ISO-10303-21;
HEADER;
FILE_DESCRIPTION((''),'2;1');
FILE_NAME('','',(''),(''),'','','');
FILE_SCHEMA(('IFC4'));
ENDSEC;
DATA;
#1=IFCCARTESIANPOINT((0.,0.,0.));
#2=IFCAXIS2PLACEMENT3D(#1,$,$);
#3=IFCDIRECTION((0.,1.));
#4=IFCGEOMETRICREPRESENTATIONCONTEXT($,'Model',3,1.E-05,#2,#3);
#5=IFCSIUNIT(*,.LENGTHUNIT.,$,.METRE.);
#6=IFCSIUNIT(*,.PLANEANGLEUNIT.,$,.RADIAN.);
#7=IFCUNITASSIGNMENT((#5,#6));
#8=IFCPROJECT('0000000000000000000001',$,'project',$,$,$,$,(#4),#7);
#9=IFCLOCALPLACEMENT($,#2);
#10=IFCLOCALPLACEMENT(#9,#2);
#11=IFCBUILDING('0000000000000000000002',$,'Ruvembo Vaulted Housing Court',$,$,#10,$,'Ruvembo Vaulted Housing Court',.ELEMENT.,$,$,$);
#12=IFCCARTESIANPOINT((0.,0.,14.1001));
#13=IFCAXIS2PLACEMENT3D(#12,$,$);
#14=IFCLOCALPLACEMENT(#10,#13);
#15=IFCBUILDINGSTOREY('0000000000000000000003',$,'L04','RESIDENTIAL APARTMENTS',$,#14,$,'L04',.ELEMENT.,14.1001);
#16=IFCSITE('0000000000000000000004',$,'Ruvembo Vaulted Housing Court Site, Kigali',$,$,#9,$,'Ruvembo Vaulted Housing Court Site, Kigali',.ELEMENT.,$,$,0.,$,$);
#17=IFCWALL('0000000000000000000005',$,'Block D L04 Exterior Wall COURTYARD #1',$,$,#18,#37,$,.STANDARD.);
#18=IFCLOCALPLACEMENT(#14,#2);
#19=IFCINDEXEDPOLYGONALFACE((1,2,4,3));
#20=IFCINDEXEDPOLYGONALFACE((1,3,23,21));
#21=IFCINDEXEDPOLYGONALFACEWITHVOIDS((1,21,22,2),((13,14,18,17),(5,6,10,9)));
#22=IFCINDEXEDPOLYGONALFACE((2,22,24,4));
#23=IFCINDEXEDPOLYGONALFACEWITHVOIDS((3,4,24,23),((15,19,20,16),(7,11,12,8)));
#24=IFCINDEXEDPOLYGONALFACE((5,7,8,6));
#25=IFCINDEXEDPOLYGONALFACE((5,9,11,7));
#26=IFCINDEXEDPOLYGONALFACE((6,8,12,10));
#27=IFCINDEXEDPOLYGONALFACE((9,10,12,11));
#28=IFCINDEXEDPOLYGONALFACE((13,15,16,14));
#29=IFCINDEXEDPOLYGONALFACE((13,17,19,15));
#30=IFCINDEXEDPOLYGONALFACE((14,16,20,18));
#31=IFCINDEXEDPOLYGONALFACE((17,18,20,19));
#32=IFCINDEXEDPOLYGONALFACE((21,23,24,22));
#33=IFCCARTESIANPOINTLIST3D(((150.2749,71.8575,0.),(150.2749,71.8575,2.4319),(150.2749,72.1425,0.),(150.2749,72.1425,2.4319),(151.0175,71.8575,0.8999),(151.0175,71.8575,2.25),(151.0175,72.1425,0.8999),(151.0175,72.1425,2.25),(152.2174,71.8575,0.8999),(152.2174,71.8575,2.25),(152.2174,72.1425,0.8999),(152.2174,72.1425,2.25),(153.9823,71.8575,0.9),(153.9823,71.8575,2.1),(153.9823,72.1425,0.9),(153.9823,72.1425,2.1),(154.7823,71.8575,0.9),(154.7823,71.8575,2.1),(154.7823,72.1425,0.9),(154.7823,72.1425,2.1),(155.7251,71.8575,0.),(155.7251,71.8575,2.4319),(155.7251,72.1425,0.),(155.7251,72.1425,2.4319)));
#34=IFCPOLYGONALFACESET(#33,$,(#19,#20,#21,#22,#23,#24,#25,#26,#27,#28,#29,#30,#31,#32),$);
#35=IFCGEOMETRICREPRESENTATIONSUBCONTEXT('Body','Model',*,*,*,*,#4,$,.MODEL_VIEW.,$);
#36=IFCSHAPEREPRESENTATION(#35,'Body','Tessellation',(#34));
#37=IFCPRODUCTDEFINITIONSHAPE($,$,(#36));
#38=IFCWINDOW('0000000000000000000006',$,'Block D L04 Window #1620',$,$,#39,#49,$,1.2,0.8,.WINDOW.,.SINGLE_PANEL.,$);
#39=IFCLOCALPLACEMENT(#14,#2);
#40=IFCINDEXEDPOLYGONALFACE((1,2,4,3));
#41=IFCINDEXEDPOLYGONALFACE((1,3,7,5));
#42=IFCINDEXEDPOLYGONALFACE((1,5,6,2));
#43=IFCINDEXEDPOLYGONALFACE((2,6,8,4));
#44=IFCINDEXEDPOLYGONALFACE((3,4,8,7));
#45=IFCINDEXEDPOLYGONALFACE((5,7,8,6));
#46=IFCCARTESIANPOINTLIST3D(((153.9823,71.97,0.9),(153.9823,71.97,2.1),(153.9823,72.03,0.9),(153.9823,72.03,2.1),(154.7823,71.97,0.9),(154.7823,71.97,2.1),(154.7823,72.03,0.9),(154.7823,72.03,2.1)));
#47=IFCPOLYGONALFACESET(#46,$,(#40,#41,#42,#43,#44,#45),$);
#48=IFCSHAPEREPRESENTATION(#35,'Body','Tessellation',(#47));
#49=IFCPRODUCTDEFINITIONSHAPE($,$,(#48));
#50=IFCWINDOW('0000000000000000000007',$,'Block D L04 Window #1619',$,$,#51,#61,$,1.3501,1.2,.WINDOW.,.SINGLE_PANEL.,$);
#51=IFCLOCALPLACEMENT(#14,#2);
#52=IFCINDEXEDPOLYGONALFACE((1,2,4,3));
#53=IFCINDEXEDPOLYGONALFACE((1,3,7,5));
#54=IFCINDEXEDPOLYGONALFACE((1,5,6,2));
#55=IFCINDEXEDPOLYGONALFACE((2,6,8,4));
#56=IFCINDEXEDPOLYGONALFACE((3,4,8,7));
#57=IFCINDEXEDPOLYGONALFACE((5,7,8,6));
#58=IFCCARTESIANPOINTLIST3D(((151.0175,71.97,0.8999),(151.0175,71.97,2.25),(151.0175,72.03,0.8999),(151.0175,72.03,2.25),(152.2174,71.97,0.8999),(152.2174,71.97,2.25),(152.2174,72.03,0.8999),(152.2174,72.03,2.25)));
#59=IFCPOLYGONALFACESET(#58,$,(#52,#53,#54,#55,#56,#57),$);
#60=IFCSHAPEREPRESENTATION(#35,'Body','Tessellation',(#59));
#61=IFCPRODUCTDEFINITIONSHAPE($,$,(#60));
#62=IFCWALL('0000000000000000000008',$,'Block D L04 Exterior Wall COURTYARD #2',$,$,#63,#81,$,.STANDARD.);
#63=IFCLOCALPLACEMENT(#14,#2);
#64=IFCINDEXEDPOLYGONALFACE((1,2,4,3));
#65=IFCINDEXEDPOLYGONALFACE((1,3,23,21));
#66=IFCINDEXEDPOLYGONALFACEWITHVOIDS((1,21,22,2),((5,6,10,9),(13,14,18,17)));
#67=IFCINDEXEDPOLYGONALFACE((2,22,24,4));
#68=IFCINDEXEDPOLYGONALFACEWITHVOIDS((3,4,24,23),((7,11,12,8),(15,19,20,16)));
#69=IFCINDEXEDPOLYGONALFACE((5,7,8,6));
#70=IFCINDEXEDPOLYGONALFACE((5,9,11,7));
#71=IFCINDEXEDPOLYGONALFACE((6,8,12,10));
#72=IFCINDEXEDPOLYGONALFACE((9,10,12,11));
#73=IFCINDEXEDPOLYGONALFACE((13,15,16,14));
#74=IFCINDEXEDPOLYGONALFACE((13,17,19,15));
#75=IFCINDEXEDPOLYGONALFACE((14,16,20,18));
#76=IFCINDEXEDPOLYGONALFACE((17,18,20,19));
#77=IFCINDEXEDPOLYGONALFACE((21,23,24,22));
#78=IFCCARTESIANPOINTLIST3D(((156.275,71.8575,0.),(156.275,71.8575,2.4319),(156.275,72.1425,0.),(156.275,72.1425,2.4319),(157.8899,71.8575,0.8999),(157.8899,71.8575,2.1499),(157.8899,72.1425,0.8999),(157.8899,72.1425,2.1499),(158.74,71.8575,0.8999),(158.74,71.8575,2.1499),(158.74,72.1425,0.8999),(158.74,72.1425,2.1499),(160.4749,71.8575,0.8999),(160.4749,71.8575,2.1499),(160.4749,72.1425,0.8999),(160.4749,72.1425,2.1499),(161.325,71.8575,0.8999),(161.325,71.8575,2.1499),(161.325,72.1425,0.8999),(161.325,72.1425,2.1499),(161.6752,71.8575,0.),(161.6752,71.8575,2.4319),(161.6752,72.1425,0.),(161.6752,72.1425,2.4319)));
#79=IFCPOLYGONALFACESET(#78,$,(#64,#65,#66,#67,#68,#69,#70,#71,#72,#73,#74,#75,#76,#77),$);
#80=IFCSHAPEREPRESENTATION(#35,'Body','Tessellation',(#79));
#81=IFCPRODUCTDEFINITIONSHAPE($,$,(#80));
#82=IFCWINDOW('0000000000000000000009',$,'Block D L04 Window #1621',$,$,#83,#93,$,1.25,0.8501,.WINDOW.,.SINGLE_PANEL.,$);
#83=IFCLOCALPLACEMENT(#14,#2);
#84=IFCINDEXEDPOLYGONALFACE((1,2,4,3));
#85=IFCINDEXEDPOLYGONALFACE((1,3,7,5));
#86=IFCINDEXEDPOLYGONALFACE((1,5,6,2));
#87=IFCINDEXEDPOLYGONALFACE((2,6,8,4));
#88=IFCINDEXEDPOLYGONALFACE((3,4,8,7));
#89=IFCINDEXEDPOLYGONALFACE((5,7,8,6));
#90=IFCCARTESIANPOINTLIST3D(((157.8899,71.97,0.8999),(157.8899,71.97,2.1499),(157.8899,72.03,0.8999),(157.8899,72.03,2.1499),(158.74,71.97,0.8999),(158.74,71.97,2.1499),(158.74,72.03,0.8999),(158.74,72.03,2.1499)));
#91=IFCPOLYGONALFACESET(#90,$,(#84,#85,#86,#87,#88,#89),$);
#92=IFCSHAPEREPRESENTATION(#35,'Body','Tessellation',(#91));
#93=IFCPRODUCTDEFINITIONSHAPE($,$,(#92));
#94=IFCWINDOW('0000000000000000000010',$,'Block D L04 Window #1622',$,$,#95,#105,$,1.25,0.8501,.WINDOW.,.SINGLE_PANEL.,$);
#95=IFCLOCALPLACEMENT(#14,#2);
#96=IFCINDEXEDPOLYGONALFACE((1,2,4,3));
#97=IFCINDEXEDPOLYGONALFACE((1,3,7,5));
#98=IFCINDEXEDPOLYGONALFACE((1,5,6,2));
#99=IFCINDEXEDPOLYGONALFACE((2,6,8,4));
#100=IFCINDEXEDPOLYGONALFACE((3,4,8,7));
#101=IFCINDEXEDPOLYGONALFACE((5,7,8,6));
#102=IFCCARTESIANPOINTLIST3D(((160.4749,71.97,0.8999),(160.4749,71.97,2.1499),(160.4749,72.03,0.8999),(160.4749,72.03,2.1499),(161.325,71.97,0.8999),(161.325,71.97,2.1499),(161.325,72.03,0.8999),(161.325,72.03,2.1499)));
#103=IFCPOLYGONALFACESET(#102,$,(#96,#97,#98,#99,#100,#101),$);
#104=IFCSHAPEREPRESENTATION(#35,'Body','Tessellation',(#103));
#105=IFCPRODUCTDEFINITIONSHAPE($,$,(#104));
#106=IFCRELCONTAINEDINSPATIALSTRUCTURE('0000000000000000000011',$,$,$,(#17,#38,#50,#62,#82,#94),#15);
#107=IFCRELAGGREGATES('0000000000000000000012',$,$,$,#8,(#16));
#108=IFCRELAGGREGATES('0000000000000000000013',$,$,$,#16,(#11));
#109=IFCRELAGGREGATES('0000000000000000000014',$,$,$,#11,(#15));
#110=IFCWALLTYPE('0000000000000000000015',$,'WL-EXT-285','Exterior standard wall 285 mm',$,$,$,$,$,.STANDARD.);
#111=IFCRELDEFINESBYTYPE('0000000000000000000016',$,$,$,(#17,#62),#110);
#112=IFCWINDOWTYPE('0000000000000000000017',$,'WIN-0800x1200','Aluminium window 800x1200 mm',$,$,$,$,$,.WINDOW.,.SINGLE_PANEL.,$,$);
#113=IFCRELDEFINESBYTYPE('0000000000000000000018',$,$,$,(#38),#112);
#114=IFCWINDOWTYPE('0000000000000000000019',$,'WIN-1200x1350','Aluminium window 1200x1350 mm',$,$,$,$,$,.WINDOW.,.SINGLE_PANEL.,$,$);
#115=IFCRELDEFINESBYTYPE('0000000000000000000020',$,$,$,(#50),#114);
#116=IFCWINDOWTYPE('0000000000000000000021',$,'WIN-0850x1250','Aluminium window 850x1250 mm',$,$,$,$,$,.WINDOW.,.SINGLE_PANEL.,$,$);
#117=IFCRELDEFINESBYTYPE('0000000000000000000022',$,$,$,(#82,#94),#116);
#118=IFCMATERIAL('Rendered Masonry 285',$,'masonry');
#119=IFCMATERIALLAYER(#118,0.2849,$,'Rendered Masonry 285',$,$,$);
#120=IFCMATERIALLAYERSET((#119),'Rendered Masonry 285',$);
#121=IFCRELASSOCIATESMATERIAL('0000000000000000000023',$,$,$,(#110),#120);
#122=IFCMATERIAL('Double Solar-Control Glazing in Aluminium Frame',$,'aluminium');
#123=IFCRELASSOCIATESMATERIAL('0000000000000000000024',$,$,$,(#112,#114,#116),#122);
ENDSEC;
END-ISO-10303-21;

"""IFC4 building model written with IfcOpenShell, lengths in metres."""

from ifc_helpers import new_model, si_unit, direction, frame, frame_2d, origin, place, context, subcontext, project, spatial, rectangle, extrude, material, layer, layer_set, type_object, element, fill, save


model = new_model("IFC4")

# Units and contexts
model_context = context("Model", 3, precision=1e-05, world=origin(), true_north=direction((0.0, 1.0)))
body_context = subcontext(model_context, "Body", "Model", "MODEL_VIEW")
ifc_project = project(units=[si_unit("LENGTHUNIT", "METRE"), si_unit("PLANEANGLEUNIT", "RADIAN")], contexts=[model_context])

# Site, building, storey
site_placement = place(None, origin())
site = spatial("IfcSite", under=ifc_project, at=site_placement, Name="Ruvembo Vaulted Housing Court Site, Kigali", LongName="Ruvembo Vaulted Housing Court Site, Kigali", CompositionType="ELEMENT", RefElevation=0.0)
building_placement = place(site_placement, origin())
building = spatial("IfcBuilding", under=site, at=building_placement, Name="Ruvembo Vaulted Housing Court", LongName="Ruvembo Vaulted Housing Court", CompositionType="ELEMENT")
storey_placement = place(building_placement, frame((0.0, 0.0, 14.1001)))
storey = spatial("IfcBuildingStorey", under=building, at=storey_placement, Name="L04", Description="RESIDENTIAL APARTMENTS", LongName="L04", CompositionType="ELEMENT", Elevation=14.1001)

# Walls, openings, windows
ifc_material_1 = material(Name="Rendered Masonry 285", Category="masonry")
ifc_layer = layer(ifc_material_1, 0.2849, Name="Rendered Masonry 285")
ifc_layer_set = layer_set([ifc_layer], Name="Rendered Masonry 285")
wall_type = type_object("IfcWallType", Name="WL-EXT-285", Description="Exterior standard wall 285 mm", PredefinedType="STANDARD", material=ifc_layer_set)
ifc_material_2 = material(Name="Double Solar-Control Glazing in Aluminium Frame", Category="aluminium")
window_type_1 = type_object("IfcWindowType", Name="WIN-0800x1200", Description="Aluminium window 800x1200 mm", PartitioningType="SINGLE_PANEL", PredefinedType="WINDOW", material=ifc_material_2)
wall_1_placement = place(storey_placement, frame((150.2749, 72.0, 0.0), z_axis=(0.0, 0.0, 1.0), x_axis=(1.0, 0.0, 0.0)))
wall_1 = element("IfcWall", 1, at=wall_1_placement, inside=storey, type_object=wall_type, Name="Block D L04 Exterior Wall COURTYARD #1", PredefinedType="STANDARD", context=body_context, shape_type="SweptSolid", body=[
    extrude(rectangle(XDim=5.4502, YDim=0.2849, at=frame_2d((2.7251, 0.0))), origin(), (0.0, 0.0, 1.0), 2.4319),
])
opening_1_placement = place(wall_1_placement, frame((0.7424, 0.0, 0.8999)))
opening_1 = element("IfcOpeningElement", 2, at=opening_1_placement, cuts=wall_1, PredefinedType="OPENING", context=body_context, shape_type="SweptSolid", body=[
    extrude(rectangle(XDim=1.2, YDim=1.3501, at=frame_2d((0.6001, 0.675))), frame((0.0, 0.1523, 0.0), z_axis=(0.0, -1.0, 0.0), x_axis=(1.0, 0.0, 0.0)), (0.0, 0.0, 1.0), 0.3049),
])
opening_2_placement = place(wall_1_placement, frame((3.7075, 0.0, 0.8999)))
opening_2 = element("IfcOpeningElement", 3, at=opening_2_placement, cuts=wall_1, PredefinedType="OPENING", context=body_context, shape_type="SweptSolid", body=[
    extrude(rectangle(XDim=0.8, YDim=1.2, at=frame_2d((0.3999, 0.6001))), frame((0.0, 0.1523, 0.0), z_axis=(0.0, -1.0, 0.0), x_axis=(1.0, 0.0, 0.0)), (0.0, 0.0, 1.0), 0.3049),
])
window_1_placement = place(opening_2_placement, origin())
window_1 = element("IfcWindow", 4, at=window_1_placement, inside=storey, type_object=window_type_1, Name="Block D L04 Window #1620", OverallHeight=1.2, OverallWidth=0.8, PartitioningType="SINGLE_PANEL", PredefinedType="WINDOW", context=body_context, shape_type="SweptSolid", body=[
    extrude(rectangle(XDim=0.8, YDim=1.2, at=frame_2d((0.3999, 0.6001))), frame((0.0, 0.03, 0.0), z_axis=(0.0, -1.0, 0.0), x_axis=(1.0, 0.0, 0.0)), (0.0, 0.0, 1.0), 0.0601),
])
fill(opening_2, window_1)
window_type_2 = type_object("IfcWindowType", Name="WIN-1200x1350", Description="Aluminium window 1200x1350 mm", PartitioningType="SINGLE_PANEL", PredefinedType="WINDOW", material=ifc_material_2)
window_2_placement = place(opening_1_placement, origin())
window_2 = element("IfcWindow", 5, at=window_2_placement, inside=storey, type_object=window_type_2, Name="Block D L04 Window #1619", OverallHeight=1.3501, OverallWidth=1.2, PartitioningType="SINGLE_PANEL", PredefinedType="WINDOW", context=body_context, shape_type="SweptSolid", body=[
    extrude(rectangle(XDim=1.2, YDim=1.3501, at=frame_2d((0.6001, 0.675))), frame((0.0, 0.03, 0.0), z_axis=(0.0, -1.0, 0.0), x_axis=(1.0, 0.0, 0.0)), (0.0, 0.0, 1.0), 0.0601),
])
fill(opening_1, window_2)
wall_2_placement = place(storey_placement, frame((156.2749, 72.0, 0.0), z_axis=(0.0, 0.0, 1.0), x_axis=(1.0, 0.0, 0.0)))
wall_2 = element("IfcWall", 6, at=wall_2_placement, inside=storey, type_object=wall_type, Name="Block D L04 Exterior Wall COURTYARD #2", PredefinedType="STANDARD", context=body_context, shape_type="SweptSolid", body=[
    extrude(rectangle(XDim=5.4001, YDim=0.2849, at=frame_2d((2.7002, 0.0))), origin(), (0.0, 0.0, 1.0), 2.4319),
])
opening_3_placement = place(wall_2_placement, frame((1.615, 0.0, 0.8999)))
opening_3 = element("IfcOpeningElement", 7, at=opening_3_placement, cuts=wall_2, PredefinedType="OPENING", context=body_context, shape_type="SweptSolid", body=[
    extrude(rectangle(XDim=0.8501, YDim=1.25, at=frame_2d((0.425, 0.625))), frame((0.0, 0.1523, 0.0), z_axis=(0.0, -1.0, 0.0), x_axis=(1.0, 0.0, 0.0)), (0.0, 0.0, 1.0), 0.3049),
])
opening_4_placement = place(wall_2_placement, frame((4.2, 0.0, 0.8999)))
opening_4 = element("IfcOpeningElement", 8, at=opening_4_placement, cuts=wall_2, PredefinedType="OPENING", context=body_context, shape_type="SweptSolid", body=[
    extrude(rectangle(XDim=0.8501, YDim=1.25, at=frame_2d((0.425, 0.625))), frame((0.0, 0.1523, 0.0), z_axis=(0.0, -1.0, 0.0), x_axis=(1.0, 0.0, 0.0)), (0.0, 0.0, 1.0), 0.3049),
])
window_type_3 = type_object("IfcWindowType", Name="WIN-0850x1250", Description="Aluminium window 850x1250 mm", PartitioningType="SINGLE_PANEL", PredefinedType="WINDOW", material=ifc_material_2)
window_3_placement = place(opening_3_placement, origin())
window_3 = element("IfcWindow", 9, at=window_3_placement, inside=storey, type_object=window_type_3, Name="Block D L04 Window #1621", OverallHeight=1.25, OverallWidth=0.8501, PartitioningType="SINGLE_PANEL", PredefinedType="WINDOW", context=body_context, shape_type="SweptSolid", body=[
    extrude(rectangle(XDim=0.8501, YDim=1.25, at=frame_2d((0.425, 0.625))), frame((0.0, 0.03, 0.0), z_axis=(0.0, -1.0, 0.0), x_axis=(1.0, 0.0, 0.0)), (0.0, 0.0, 1.0), 0.0601),
])
fill(opening_3, window_3)
window_4_placement = place(opening_4_placement, origin())
window_4 = element("IfcWindow", 10, at=window_4_placement, inside=storey, type_object=window_type_3, Name="Block D L04 Window #1622", OverallHeight=1.25, OverallWidth=0.8501, PartitioningType="SINGLE_PANEL", PredefinedType="WINDOW", context=body_context, shape_type="SweptSolid", body=[
    extrude(rectangle(XDim=0.8501, YDim=1.25, at=frame_2d((0.425, 0.625))), frame((0.0, 0.03, 0.0), z_axis=(0.0, -1.0, 0.0), x_axis=(1.0, 0.0, 0.0)), (0.0, 0.0, 1.0), 0.0601),
])
fill(opening_4, window_4)

save(model, "model.ifc")
